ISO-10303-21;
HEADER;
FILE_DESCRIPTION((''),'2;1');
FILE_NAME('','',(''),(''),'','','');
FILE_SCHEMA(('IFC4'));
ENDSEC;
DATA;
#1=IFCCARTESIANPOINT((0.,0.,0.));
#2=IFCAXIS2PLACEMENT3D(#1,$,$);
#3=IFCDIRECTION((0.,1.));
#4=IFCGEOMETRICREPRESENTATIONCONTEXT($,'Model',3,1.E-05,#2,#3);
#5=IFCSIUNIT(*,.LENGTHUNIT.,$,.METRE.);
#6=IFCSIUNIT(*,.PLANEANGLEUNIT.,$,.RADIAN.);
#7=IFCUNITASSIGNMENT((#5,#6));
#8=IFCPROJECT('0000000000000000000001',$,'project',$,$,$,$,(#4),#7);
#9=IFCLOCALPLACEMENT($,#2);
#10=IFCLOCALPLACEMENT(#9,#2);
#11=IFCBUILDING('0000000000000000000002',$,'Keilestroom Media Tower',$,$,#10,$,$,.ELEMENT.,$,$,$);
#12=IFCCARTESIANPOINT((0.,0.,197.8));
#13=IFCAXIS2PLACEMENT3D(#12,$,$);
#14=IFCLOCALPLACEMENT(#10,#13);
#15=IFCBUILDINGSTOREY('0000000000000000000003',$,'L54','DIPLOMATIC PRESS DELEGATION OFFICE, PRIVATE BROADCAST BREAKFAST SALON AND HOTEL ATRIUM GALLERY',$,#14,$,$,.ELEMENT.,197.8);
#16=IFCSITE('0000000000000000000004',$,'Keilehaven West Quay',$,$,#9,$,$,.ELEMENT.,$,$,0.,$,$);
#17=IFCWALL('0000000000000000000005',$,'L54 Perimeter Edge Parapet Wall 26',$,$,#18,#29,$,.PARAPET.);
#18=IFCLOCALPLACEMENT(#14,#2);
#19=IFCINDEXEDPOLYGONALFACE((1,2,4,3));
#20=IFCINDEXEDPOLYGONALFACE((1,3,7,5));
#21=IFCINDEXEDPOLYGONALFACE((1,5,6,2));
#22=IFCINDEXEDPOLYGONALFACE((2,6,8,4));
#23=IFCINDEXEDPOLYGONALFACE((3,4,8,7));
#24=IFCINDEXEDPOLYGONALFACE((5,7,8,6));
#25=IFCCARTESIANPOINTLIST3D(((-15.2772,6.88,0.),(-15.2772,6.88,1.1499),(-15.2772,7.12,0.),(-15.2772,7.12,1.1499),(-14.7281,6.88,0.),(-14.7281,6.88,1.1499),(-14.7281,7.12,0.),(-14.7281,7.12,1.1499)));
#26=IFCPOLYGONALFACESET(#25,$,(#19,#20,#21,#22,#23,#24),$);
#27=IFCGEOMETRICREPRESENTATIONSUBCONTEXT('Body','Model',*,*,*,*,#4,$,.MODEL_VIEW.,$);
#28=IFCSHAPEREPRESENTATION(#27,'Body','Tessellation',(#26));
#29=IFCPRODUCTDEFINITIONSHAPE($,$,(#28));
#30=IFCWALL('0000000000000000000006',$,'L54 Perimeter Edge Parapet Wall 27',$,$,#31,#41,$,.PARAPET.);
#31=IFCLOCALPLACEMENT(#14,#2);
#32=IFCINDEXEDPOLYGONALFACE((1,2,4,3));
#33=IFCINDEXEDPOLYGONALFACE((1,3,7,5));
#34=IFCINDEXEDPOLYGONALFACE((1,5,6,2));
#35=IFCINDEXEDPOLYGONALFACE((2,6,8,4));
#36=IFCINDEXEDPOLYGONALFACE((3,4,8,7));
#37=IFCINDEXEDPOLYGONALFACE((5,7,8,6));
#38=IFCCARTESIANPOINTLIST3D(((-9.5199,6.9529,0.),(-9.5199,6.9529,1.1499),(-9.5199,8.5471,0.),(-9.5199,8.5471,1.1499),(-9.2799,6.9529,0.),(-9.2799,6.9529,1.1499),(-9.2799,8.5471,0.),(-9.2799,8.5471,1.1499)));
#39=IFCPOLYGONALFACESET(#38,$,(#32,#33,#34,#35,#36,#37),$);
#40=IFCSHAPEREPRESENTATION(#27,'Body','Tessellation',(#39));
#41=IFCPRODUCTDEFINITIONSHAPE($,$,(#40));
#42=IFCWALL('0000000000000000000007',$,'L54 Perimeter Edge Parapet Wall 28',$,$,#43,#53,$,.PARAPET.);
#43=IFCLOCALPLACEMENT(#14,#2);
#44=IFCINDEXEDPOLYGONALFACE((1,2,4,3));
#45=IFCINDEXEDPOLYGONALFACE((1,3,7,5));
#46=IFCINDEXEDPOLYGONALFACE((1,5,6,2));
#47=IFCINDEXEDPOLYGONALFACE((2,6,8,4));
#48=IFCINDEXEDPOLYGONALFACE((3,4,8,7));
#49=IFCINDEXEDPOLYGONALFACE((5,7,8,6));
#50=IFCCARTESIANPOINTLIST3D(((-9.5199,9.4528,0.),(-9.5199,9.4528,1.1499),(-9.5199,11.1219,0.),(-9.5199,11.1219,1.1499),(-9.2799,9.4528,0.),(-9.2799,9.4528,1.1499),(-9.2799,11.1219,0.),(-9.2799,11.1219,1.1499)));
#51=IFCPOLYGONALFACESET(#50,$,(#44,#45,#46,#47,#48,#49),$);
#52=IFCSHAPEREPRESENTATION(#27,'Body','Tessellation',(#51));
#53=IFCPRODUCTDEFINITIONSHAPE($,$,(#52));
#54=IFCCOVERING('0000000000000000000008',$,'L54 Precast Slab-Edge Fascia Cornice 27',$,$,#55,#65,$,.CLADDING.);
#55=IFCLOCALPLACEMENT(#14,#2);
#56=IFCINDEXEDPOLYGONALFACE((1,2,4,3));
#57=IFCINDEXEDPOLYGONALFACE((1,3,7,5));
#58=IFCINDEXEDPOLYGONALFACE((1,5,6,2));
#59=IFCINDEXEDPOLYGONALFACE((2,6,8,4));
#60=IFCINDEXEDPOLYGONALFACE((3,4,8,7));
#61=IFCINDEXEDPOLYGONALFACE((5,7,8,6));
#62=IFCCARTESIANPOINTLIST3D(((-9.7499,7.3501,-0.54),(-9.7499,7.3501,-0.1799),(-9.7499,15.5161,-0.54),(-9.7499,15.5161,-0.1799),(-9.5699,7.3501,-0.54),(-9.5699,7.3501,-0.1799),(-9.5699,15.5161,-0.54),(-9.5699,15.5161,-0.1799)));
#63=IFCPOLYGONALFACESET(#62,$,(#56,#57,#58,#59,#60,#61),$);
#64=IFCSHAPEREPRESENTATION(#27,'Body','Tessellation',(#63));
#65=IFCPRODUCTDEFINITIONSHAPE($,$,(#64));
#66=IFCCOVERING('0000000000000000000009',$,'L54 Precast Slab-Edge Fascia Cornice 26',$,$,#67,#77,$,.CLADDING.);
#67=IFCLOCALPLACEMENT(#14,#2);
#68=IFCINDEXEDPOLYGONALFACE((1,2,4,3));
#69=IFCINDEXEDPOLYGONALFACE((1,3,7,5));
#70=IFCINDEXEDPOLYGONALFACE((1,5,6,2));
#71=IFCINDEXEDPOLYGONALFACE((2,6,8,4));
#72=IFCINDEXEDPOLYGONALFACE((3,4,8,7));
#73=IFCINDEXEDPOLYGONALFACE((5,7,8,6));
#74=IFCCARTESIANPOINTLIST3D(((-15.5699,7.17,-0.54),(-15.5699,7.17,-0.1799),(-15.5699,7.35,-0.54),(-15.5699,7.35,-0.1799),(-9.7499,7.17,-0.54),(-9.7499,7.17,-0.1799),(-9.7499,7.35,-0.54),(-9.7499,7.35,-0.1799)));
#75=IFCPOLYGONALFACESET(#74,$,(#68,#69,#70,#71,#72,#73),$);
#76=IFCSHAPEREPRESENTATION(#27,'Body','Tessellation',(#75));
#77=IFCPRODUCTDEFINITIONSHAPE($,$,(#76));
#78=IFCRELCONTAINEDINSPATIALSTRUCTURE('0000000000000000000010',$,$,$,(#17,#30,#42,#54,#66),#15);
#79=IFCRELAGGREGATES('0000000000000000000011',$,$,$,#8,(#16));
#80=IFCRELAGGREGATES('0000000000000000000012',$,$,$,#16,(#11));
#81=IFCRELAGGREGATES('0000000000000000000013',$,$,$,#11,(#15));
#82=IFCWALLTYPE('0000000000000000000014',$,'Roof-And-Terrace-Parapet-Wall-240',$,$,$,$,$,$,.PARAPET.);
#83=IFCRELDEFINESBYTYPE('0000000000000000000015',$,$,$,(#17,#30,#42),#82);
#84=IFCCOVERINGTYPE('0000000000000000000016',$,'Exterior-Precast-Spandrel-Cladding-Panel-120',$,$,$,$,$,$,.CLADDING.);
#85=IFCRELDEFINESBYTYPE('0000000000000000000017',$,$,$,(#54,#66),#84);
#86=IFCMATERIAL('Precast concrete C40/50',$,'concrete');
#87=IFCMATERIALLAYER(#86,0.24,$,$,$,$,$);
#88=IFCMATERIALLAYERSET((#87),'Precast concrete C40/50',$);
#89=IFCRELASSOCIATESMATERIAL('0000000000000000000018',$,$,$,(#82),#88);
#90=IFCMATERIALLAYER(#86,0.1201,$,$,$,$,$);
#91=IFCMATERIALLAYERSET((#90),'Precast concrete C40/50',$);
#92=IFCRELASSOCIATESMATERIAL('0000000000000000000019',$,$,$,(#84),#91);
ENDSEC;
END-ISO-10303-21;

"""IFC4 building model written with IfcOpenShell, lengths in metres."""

from ifc_helpers import new_model, si_unit, direction, frame, frame_2d, origin, origin_2d, place, context, subcontext, project, spatial, rectangle, extrude, source, transform, mapped, material, layer, layer_set, type_object, element, save


model = new_model("IFC4")

# Units and contexts
model_context = context("Model", 3, precision=1e-05, world=origin(), true_north=direction((0.0, 1.0)))
body_context = subcontext(model_context, "Body", "Model", "MODEL_VIEW")
ifc_project = project(units=[si_unit("LENGTHUNIT", "METRE"), si_unit("PLANEANGLEUNIT", "RADIAN")], contexts=[model_context])

# Site, building, storey
site_placement = place(None, origin())
site = spatial("IfcSite", under=ifc_project, at=site_placement, Name="Keilehaven West Quay", CompositionType="ELEMENT", RefElevation=0.0)
building_placement = place(site_placement, origin())
building = spatial("IfcBuilding", under=site, at=building_placement, Name="Keilestroom Media Tower", CompositionType="ELEMENT")
storey_placement = place(building_placement, frame((0.0, 0.0, 197.8)))
storey = spatial("IfcBuildingStorey", under=building, at=storey_placement, Name="L54", Description="DIPLOMATIC PRESS DELEGATION OFFICE, PRIVATE BROADCAST BREAKFAST SALON AND HOTEL ATRIUM GALLERY", CompositionType="ELEMENT", Elevation=197.8)

# Shared definitions
ifc_material_1 = material(Name="Precast concrete C40/50", Category="concrete")

# Walls
ifc_layer_1 = layer(ifc_material_1, 0.24)
ifc_layer_set_1 = layer_set([ifc_layer_1], Name="Precast concrete C40/50")
wall_type_1 = type_object("IfcWallType", Name="Roof-And-Terrace-Parapet-Wall-240", PredefinedType="PARAPET", material=ifc_layer_set_1)
wall_1_placement = place(storey_placement, frame((-15.2771, 7.0, 0.0), z_axis=(0.0, 0.0, 1.0), x_axis=(1.0, 0.0, 0.0)))
element("IfcWall", 1, at=wall_1_placement, inside=storey, type_object=wall_type_1, Name="L54 Perimeter Edge Parapet Wall 26", PredefinedType="PARAPET", context=body_context, shape_type="SweptSolid", body=[
    extrude(rectangle(XDim=0.5491, YDim=0.24, at=frame_2d((0.2744, 0.0))), origin(), (0.0, 0.0, 1.0), 1.1499),
])
wall_2_placement = place(storey_placement, frame((-9.3999, 6.9529, 0.0), z_axis=(0.0, 0.0, 1.0), x_axis=(0.0, 1.0, 0.0)))
element("IfcWall", 2, at=wall_2_placement, inside=storey, type_object=wall_type_1, Name="L54 Perimeter Edge Parapet Wall 27", PredefinedType="PARAPET", context=body_context, shape_type="SweptSolid", body=[
    extrude(rectangle(XDim=1.5942, YDim=0.24, at=frame_2d((0.7971, 0.0))), origin(), (0.0, 0.0, 1.0), 1.1499),
])
wall_3_placement = place(storey_placement, frame((-9.3999, 9.4529, 0.0), z_axis=(0.0, 0.0, 1.0), x_axis=(0.0, 1.0, 0.0)))
element("IfcWall", 3, at=wall_3_placement, inside=storey, type_object=wall_type_1, Name="L54 Perimeter Edge Parapet Wall 28", PredefinedType="PARAPET", context=body_context, shape_type="SweptSolid", body=[
    extrude(rectangle(XDim=1.6692, YDim=0.24, at=frame_2d((0.8345, 0.0))), origin(), (0.0, 0.0, 1.0), 1.1499),
])

# Coverings
ifc_layer_2 = layer(ifc_material_1, 0.1201)
ifc_layer_set_2 = layer_set([ifc_layer_2], Name="Precast concrete C40/50")
covering_type = type_object("IfcCoveringType", Name="Exterior-Precast-Spandrel-Cladding-Panel-120", PredefinedType="CLADDING", material=ifc_layer_set_2)
shared_shape_1 = source(origin(), body_context, "Body", "SweptSolid", [
    extrude(rectangle(XDim=8.166, YDim=0.1799, at=origin_2d()), origin(), (0.0, 0.0, 1.0), 0.3601),
])
covering_1_placement = place(storey_placement, frame((-9.6599, 11.4331, -0.54), z_axis=(0.0, 0.0, 1.0), x_axis=(0.0, 1.0, 0.0)))
element("IfcCovering", 4, at=covering_1_placement, inside=storey, type_object=covering_type, Name="L54 Precast Slab-Edge Fascia Cornice 27", PredefinedType="CLADDING", context=body_context, shape_type="MappedRepresentation", body=[
    mapped(shared_shape_1, transform((0.0, 0.0, 0.0), x_axis=(1.0, 0.0, 0.0), y_axis=(0.0, 1.0, 0.0), z_axis=(0.0, 0.0, 1.0), scale=1.0)),
])
shared_shape_2 = source(origin(), body_context, "Body", "SweptSolid", [
    extrude(rectangle(XDim=5.8201, YDim=0.1799, at=origin_2d()), origin(), (0.0, 0.0, 1.0), 0.3601),
])
covering_2_placement = place(storey_placement, frame((-12.6599, 7.26, -0.54), z_axis=(0.0, 0.0, 1.0), x_axis=(1.0, 0.0, 0.0)))
element("IfcCovering", 5, at=covering_2_placement, inside=storey, type_object=covering_type, Name="L54 Precast Slab-Edge Fascia Cornice 26", PredefinedType="CLADDING", context=body_context, shape_type="MappedRepresentation", body=[
    mapped(shared_shape_2, transform((0.0, 0.0, 0.0), x_axis=(1.0, 0.0, 0.0), y_axis=(0.0, 1.0, 0.0), z_axis=(0.0, 0.0, 1.0), scale=1.0)),
])

save(model, "model.ifc")
